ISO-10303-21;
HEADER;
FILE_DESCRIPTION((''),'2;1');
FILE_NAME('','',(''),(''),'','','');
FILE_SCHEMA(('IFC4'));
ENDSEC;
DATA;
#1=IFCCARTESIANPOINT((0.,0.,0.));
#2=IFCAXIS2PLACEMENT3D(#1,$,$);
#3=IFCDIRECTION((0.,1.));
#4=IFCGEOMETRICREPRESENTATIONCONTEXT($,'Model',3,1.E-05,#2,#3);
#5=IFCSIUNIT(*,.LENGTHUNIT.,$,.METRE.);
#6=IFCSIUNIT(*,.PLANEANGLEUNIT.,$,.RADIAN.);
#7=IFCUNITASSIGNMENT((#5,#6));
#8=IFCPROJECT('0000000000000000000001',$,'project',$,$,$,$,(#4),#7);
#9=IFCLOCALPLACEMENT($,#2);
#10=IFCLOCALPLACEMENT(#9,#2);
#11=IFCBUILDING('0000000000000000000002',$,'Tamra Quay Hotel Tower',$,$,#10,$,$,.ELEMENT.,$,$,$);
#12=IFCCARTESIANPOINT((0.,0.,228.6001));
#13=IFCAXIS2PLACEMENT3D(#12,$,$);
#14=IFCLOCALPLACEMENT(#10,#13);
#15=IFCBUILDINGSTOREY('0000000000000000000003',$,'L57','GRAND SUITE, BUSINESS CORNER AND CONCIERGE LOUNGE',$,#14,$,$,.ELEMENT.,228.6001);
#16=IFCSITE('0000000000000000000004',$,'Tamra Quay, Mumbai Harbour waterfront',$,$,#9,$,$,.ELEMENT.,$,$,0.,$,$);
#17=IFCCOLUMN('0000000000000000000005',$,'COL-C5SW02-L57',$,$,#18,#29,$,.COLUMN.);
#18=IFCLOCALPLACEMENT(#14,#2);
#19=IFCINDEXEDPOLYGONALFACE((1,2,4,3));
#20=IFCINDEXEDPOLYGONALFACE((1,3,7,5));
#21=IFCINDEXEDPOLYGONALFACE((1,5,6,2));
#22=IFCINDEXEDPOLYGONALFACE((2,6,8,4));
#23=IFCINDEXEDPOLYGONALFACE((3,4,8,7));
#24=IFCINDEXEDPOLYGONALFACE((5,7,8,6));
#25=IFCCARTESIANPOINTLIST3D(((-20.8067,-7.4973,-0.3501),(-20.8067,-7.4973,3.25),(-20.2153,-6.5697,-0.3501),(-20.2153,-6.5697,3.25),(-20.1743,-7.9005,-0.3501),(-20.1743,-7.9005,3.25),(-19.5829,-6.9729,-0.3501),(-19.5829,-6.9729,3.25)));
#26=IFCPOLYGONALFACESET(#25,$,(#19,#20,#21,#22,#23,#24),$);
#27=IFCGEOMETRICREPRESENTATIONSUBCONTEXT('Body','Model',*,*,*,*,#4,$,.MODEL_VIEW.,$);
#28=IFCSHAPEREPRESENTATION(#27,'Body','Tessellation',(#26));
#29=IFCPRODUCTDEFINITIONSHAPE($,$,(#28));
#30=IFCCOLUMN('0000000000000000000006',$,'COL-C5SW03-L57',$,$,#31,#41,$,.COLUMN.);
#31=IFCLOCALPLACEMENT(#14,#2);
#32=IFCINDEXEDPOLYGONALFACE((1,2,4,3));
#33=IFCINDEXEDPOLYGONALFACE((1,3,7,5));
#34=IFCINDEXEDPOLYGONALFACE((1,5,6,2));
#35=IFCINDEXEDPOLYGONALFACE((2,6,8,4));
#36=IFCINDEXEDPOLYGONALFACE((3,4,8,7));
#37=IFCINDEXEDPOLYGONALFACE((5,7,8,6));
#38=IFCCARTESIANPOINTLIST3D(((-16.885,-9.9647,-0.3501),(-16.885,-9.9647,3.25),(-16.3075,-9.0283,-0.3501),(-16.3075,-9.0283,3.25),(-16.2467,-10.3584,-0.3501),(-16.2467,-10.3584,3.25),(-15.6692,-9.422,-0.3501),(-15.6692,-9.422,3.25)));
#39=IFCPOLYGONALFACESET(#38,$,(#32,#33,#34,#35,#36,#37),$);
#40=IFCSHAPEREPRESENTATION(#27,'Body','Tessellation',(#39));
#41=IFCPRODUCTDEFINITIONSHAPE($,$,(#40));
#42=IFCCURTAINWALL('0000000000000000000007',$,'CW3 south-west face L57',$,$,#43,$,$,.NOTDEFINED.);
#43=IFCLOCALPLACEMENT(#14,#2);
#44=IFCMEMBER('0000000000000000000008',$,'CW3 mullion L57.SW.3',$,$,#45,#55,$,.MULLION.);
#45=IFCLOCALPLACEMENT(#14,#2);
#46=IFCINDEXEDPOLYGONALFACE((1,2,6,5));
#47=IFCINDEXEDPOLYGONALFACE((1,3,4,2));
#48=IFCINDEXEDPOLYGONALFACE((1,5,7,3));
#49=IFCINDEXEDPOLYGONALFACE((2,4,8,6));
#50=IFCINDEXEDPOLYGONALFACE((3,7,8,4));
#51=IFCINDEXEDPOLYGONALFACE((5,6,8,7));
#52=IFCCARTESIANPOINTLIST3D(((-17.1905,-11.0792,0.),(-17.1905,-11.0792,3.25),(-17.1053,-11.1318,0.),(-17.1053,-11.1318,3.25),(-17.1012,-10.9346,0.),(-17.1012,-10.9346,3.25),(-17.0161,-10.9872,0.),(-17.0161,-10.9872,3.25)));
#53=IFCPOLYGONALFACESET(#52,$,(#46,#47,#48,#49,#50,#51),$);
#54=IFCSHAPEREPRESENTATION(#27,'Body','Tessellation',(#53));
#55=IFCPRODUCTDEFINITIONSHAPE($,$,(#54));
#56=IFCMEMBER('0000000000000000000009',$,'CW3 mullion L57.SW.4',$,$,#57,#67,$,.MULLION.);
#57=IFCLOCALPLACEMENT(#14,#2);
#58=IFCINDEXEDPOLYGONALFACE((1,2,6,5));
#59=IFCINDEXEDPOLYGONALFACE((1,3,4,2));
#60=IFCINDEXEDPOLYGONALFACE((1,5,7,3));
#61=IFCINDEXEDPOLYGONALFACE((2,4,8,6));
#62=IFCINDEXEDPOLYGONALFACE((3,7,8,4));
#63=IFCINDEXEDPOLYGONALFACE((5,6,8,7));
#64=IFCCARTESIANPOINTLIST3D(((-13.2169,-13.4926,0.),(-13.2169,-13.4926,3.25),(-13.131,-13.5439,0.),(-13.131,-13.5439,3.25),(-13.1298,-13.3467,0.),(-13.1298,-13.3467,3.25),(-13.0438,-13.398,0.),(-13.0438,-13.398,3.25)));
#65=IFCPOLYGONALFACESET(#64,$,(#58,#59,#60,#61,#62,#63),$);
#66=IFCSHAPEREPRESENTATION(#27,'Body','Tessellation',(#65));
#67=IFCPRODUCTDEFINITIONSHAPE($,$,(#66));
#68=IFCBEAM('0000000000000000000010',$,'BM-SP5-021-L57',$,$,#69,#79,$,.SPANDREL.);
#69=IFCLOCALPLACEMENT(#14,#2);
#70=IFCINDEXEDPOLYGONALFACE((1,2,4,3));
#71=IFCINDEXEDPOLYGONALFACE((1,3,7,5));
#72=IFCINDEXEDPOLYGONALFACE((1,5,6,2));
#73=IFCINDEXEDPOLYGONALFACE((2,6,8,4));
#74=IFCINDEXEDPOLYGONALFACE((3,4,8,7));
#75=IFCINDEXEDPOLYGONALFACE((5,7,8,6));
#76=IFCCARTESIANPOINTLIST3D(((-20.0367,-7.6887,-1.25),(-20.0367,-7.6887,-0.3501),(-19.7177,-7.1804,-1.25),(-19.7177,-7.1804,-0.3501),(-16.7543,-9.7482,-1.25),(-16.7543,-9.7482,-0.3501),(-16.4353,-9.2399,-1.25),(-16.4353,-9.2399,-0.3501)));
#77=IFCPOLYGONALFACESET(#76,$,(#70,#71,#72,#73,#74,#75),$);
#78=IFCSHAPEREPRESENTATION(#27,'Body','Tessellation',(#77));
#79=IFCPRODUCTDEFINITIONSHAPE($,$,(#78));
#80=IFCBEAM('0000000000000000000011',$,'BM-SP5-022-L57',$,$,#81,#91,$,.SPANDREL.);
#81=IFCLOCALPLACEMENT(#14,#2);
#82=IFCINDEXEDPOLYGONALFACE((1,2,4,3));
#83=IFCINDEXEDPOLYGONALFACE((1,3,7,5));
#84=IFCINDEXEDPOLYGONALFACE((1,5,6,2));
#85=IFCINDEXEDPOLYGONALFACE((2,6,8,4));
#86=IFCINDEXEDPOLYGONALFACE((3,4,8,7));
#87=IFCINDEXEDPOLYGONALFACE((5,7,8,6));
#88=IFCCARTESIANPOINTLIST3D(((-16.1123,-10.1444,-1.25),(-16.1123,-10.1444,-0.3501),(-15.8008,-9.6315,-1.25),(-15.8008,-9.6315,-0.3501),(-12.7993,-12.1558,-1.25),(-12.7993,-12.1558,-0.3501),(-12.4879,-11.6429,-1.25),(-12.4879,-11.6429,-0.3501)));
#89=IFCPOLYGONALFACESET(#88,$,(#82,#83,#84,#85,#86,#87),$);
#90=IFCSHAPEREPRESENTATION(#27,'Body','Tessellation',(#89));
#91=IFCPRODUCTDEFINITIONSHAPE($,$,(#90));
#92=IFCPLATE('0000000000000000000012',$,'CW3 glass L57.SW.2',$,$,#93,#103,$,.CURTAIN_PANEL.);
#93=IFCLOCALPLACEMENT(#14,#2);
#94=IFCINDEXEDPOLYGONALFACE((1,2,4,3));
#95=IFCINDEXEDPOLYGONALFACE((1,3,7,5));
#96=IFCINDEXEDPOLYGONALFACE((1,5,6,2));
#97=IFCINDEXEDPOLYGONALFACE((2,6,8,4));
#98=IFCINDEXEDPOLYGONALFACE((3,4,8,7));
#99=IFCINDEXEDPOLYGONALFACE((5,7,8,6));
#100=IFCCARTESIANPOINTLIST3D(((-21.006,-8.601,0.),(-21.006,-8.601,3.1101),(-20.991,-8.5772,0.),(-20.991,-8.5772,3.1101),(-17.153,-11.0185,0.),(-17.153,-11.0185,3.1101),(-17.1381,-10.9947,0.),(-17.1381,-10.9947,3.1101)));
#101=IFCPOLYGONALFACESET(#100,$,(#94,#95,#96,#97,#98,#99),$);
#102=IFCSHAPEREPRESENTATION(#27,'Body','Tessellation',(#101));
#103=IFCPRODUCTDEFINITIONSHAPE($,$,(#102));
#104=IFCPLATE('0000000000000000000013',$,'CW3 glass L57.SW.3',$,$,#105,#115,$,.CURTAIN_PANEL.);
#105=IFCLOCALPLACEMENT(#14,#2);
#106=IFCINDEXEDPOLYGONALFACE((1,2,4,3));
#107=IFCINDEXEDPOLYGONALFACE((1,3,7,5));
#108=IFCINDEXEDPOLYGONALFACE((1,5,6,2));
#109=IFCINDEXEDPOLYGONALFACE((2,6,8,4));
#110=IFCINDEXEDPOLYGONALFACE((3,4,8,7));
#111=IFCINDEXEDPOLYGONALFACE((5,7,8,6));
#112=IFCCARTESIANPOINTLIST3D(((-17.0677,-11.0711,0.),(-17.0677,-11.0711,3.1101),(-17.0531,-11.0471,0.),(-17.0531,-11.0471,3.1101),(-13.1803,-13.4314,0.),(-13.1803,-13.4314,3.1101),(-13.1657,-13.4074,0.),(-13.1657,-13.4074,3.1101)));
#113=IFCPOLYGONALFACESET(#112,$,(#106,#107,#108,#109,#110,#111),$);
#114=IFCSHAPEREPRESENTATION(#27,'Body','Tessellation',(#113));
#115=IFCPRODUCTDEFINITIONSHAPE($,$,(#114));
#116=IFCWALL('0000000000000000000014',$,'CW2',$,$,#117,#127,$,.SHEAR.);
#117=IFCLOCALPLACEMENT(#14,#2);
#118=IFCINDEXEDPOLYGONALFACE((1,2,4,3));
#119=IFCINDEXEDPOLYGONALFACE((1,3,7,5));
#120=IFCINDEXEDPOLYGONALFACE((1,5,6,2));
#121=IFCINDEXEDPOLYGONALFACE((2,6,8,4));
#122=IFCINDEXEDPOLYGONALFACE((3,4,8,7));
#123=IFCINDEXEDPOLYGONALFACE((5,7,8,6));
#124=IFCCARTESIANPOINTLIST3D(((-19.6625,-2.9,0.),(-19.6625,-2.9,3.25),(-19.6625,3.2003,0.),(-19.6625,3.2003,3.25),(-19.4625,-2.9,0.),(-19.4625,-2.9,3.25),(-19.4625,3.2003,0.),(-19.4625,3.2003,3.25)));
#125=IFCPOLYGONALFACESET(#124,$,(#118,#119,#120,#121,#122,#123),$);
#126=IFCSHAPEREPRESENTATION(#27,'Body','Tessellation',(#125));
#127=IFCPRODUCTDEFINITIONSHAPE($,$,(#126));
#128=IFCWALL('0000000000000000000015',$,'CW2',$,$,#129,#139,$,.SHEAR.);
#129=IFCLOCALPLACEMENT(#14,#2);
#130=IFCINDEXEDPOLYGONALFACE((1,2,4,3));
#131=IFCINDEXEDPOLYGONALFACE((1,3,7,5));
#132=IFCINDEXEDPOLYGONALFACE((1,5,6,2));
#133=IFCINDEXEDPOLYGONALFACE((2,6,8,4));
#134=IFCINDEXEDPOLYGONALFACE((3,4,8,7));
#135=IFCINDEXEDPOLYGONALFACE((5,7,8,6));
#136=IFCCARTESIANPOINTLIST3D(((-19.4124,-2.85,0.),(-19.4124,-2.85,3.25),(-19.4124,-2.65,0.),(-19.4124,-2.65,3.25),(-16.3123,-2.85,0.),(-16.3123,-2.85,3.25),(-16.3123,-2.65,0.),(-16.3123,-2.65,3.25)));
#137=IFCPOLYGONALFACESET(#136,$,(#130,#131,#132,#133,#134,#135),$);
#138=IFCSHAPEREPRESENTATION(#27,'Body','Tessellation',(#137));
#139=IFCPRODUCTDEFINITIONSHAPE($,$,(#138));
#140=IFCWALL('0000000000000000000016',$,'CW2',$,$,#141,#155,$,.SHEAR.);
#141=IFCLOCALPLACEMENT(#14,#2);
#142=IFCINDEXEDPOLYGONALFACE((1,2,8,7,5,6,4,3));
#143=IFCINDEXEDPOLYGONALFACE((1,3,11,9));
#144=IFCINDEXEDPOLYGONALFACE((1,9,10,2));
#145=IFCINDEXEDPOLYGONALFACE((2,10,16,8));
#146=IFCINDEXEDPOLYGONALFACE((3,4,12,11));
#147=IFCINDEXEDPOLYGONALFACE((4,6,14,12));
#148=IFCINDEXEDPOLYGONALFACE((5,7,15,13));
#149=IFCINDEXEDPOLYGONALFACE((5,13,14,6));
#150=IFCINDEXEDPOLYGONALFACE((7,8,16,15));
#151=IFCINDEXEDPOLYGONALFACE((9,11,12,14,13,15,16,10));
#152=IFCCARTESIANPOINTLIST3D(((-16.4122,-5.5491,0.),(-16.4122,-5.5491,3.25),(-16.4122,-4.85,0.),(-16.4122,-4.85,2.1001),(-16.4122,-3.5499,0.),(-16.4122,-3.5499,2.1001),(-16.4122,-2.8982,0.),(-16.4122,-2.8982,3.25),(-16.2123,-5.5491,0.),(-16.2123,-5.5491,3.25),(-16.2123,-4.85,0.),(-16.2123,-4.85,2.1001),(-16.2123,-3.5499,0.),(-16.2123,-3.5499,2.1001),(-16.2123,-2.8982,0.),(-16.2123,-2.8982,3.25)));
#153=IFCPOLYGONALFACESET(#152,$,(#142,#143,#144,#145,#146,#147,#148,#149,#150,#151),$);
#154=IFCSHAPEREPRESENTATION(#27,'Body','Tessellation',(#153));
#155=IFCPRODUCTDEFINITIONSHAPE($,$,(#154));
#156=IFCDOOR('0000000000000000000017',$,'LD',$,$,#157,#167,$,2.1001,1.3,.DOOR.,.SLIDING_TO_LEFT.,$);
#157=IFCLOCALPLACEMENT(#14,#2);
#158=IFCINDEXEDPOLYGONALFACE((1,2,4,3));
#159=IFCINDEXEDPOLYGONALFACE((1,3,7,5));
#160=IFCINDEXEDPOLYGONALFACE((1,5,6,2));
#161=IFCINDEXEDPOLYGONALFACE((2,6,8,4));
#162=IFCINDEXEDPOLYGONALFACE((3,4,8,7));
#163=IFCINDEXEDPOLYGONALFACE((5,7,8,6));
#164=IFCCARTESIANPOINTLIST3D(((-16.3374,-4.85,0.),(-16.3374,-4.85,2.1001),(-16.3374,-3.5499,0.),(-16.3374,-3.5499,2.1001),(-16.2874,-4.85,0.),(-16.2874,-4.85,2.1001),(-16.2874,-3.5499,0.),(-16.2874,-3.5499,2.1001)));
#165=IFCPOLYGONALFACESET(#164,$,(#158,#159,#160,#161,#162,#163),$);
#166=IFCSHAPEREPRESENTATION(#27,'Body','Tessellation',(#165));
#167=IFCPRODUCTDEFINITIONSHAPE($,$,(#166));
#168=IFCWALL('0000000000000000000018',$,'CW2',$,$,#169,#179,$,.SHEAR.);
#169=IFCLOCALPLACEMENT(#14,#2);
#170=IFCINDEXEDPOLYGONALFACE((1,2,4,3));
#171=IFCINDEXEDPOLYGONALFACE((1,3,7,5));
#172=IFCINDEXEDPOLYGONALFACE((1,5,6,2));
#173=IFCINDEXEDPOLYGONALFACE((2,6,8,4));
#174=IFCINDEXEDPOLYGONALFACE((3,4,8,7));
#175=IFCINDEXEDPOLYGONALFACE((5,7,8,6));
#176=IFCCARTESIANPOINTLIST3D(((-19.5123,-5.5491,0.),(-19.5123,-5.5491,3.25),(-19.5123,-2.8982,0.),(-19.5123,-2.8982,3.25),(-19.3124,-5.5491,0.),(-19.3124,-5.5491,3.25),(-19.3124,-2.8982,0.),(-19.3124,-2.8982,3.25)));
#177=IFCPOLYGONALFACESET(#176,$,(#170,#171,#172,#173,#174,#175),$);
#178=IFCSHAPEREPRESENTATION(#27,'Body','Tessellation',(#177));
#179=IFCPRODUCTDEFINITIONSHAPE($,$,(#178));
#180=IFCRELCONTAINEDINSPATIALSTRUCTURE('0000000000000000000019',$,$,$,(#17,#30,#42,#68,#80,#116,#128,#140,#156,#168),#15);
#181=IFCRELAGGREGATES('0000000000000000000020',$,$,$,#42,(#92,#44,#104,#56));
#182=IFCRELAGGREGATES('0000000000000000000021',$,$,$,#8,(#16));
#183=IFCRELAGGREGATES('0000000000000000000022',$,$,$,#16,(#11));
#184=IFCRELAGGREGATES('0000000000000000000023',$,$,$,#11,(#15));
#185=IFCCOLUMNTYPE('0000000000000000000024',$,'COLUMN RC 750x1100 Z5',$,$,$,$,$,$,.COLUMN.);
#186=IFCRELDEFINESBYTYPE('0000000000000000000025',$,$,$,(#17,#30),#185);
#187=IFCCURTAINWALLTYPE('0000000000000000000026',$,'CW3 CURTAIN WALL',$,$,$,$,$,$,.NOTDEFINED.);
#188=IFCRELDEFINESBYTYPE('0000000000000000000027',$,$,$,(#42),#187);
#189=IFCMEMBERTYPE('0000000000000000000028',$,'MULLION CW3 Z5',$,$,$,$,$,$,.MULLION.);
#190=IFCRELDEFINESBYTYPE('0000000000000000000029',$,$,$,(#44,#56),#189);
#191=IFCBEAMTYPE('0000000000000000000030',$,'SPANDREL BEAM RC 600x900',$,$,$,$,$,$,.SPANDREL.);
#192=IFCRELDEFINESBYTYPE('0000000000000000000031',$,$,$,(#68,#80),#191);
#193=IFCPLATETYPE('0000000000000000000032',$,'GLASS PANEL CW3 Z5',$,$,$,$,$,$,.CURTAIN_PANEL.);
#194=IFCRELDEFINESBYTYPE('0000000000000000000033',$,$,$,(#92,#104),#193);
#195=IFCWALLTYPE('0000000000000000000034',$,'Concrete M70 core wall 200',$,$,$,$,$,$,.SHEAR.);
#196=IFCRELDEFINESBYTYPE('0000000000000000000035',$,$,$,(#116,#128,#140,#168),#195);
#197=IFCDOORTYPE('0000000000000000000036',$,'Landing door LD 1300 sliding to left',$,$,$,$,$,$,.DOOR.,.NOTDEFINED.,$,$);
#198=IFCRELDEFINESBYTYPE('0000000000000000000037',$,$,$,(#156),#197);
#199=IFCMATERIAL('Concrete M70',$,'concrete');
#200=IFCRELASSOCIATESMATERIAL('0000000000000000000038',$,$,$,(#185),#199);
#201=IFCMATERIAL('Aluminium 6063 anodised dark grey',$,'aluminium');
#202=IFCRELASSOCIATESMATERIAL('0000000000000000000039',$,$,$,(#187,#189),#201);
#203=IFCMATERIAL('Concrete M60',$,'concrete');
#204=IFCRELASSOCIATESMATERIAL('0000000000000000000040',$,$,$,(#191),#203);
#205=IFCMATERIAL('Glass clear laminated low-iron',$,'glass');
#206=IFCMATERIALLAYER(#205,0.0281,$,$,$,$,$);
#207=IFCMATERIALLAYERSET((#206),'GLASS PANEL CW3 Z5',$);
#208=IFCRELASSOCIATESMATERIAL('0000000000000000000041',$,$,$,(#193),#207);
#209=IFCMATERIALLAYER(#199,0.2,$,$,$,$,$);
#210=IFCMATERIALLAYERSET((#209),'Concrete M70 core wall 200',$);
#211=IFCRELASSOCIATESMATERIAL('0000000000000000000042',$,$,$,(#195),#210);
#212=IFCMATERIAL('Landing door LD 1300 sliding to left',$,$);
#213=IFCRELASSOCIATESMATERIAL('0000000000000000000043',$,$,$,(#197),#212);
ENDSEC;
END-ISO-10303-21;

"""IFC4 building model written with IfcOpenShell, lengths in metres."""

from ifc_helpers import new_model, si_unit, direction, frame, frame_2d, origin, origin_2d, place, context, subcontext, project, spatial, rectangle, extrude, material, layer, layer_set, material_profile, profile_set, type_object, element, fill, aggregate, save


model = new_model("IFC4")

# Units and contexts
model_context = context("Model", 3, precision=1e-05, world=origin(), true_north=direction((0.0, 1.0)))
body_context = subcontext(model_context, "Body", "Model", "MODEL_VIEW")
ifc_project = project(units=[si_unit("LENGTHUNIT", "METRE"), si_unit("PLANEANGLEUNIT", "RADIAN")], contexts=[model_context])

# Site, building, storey
site_placement = place(None, origin())
site = spatial("IfcSite", under=ifc_project, at=site_placement, Name="Tamra Quay, Mumbai Harbour waterfront", CompositionType="ELEMENT", RefElevation=0.0)
building_placement = place(site_placement, origin())
building = spatial("IfcBuilding", under=site, at=building_placement, Name="Tamra Quay Hotel Tower", CompositionType="ELEMENT")
storey_placement = place(building_placement, frame((0.0, 0.0, 228.6001)))
storey = spatial("IfcBuildingStorey", under=building, at=storey_placement, Name="L57", Description="GRAND SUITE, BUSINESS CORNER AND CONCIERGE LOUNGE", CompositionType="ELEMENT", Elevation=228.6001)

# Columns
ifc_material_1 = material(Name="Concrete M70", Category="concrete")
ifc_material_profile_1 = material_profile(ifc_material_1, rectangle(XDim=1.1001, YDim=0.75, at=origin_2d()), Name="COLUMN RC 750x1100 Z5")
ifc_profile_set_1 = profile_set([ifc_material_profile_1], Name="Concrete M70")
column_type = type_object("IfcColumnType", Name="COLUMN RC 750x1100 Z5", PredefinedType="COLUMN", material=ifc_profile_set_1)
for number, where, z_axis, x_axis, name in (
    (1, (-20.1948, -7.2351, -0.3501), (0.0, 0.0, 1.0), (0.537585, 0.843209, 0.0), "COL-C5SW02-L57"),
    (2, (-16.2771, -9.6934, -0.3501), (0.0, 0.0, 1.0), (0.524928, 0.851147, 0.0), "COL-C5SW03-L57"),
):
    element("IfcColumn", number, at=place(storey_placement, frame(where, z_axis=z_axis, x_axis=x_axis)), inside=storey, type_object=column_type, Name=name, PredefinedType="COLUMN", context=body_context, shape_type="SweptSolid", body=[
        extrude(rectangle(XDim=1.1001, YDim=0.75, at=origin_2d()), origin(), (0.0, 0.0, 1.0), 3.6001),
    ])

# Curtain wall, members
ifc_material_2 = material(Name="Aluminium 6063 anodised dark grey", Category="aluminium")
curtain_wall_type = type_object("IfcCurtainWallType", Name="CW3 CURTAIN WALL", PredefinedType="NOTDEFINED", material=ifc_material_2)
curtain_wall_placement = place(storey_placement, origin())
curtain_wall = element("IfcCurtainWall", 3, at=curtain_wall_placement, inside=storey, type_object=curtain_wall_type, Name="CW3 south-west face L57", PredefinedType="NOTDEFINED")
ifc_material_profile_2 = material_profile(ifc_material_2, rectangle(XDim=0.1699, YDim=0.1001, at=origin_2d()), Name="MULLION 100X170")
ifc_profile_set_2 = profile_set([ifc_material_profile_2], Name="Aluminium 6063 anodised dark grey")
member_type = type_object("IfcMemberType", Name="MULLION CW3 Z5", PredefinedType="MULLION", material=ifc_profile_set_2)
member_1_placement = place(storey_placement, frame((-17.1033, -11.0332, 0.0), z_axis=(0.0, 0.0, 1.0), x_axis=(-0.525249, -0.850949, 0.0)))
member_1 = element("IfcMember", 4, at=member_1_placement, type_object=member_type, Name="CW3 mullion L57.SW.3", PredefinedType="MULLION", context=body_context, shape_type="SweptSolid", body=[
    extrude(rectangle(XDim=0.1699, YDim=0.1001, at=origin_2d()), origin(), (0.0, 0.0, 1.0), 3.25),
])
member_2_placement = place(storey_placement, frame((-13.1304, -13.4453, 0.0), z_axis=(0.0, 0.0, 1.0), x_axis=(-0.512687, -0.858575, 0.0)))
member_2 = element("IfcMember", 5, at=member_2_placement, type_object=member_type, Name="CW3 mullion L57.SW.4", PredefinedType="MULLION", context=body_context, shape_type="SweptSolid", body=[
    extrude(rectangle(XDim=0.1699, YDim=0.1001, at=origin_2d()), origin(), (0.0, 0.0, 1.0), 3.25),
])

# Beams
ifc_material_3 = material(Name="Concrete M60", Category="concrete")
ifc_material_profile_3 = material_profile(ifc_material_3, rectangle(XDim=0.6001, YDim=0.8999, at=origin_2d()), Name="SPANDREL BEAM RC 600x900")
ifc_profile_set_3 = profile_set([ifc_material_profile_3], Name="Concrete M60")
beam_type = type_object("IfcBeamType", Name="SPANDREL BEAM RC 600x900", PredefinedType="SPANDREL", material=ifc_profile_set_3)
beam_1_placement = place(storey_placement, frame((-19.8772, -7.4346, -0.8), z_axis=(0.847066, -0.531488, 0.0), x_axis=(0.531488, 0.847066, 0.0)))
element("IfcBeam", 6, at=beam_1_placement, inside=storey, type_object=beam_type, Name="BM-SP5-021-L57", PredefinedType="SPANDREL", context=body_context, shape_type="SweptSolid", body=[
    extrude(rectangle(XDim=0.6001, YDim=0.8999, at=origin_2d()), origin(), (0.0, 0.0, 1.0), 3.875),
])
beam_2_placement = place(storey_placement, frame((-15.9565, -9.8879, -0.8), z_axis=(0.854786, -0.518981, 0.0), x_axis=(0.518981, 0.854786, 0.0)))
element("IfcBeam", 7, at=beam_2_placement, inside=storey, type_object=beam_type, Name="BM-SP5-022-L57", PredefinedType="SPANDREL", context=body_context, shape_type="SweptSolid", body=[
    extrude(rectangle(XDim=0.6001, YDim=0.8999, at=origin_2d()), origin(), (0.0, 0.0, 1.0), 3.8757),
])

# Plates
ifc_material_4 = material(Name="Glass clear laminated low-iron", Category="glass")
ifc_layer_1 = layer(ifc_material_4, 0.0281)
ifc_layer_set_1 = layer_set([ifc_layer_1], Name="GLASS PANEL CW3 Z5")
plate_type = type_object("IfcPlateType", Name="GLASS PANEL CW3 Z5", PredefinedType="CURTAIN_PANEL", material=ifc_layer_set_1)
plate_1_placement = place(storey_placement, frame((-19.072, -9.7979, 0.0), z_axis=(0.0, 0.0, 1.0), x_axis=(0.847068, -0.531484, 0.0)))
plate_1 = element("IfcPlate", 8, at=plate_1_placement, type_object=plate_type, Name="CW3 glass L57.SW.2", PredefinedType="CURTAIN_PANEL", context=body_context, shape_type="SweptSolid", body=[
    extrude(rectangle(XDim=4.5486, YDim=0.0281, at=origin_2d()), origin(), (0.0, 0.0, 1.0), 3.1101),
])
plate_2_placement = place(storey_placement, frame((-15.1167, -12.2393, 0.0), z_axis=(0.0, 0.0, 1.0), x_axis=(0.854783, -0.518985, 0.0)))
plate_2 = element("IfcPlate", 9, at=plate_2_placement, type_object=plate_type, Name="CW3 glass L57.SW.3", PredefinedType="CURTAIN_PANEL", context=body_context, shape_type="SweptSolid", body=[
    extrude(rectangle(XDim=4.5479, YDim=0.0281, at=origin_2d()), origin(), (0.0, 0.0, 1.0), 3.1101),
])
aggregate(curtain_wall, [plate_1, member_1, plate_2, member_2])

# Walls
ifc_layer_2 = layer(ifc_material_1, 0.2)
ifc_layer_set_2 = layer_set([ifc_layer_2], Name="Concrete M70 core wall 200")
wall_type_1 = type_object("IfcWallType", Name="Concrete M70 core wall 200", PredefinedType="SHEAR", material=ifc_layer_set_2)
wall_1_placement = place(storey_placement, frame((-19.5625, -2.9001, 0.0), z_axis=(0.0, 0.0, 1.0), x_axis=(0.0, 1.0, 0.0)))
element("IfcWall", 10, at=wall_1_placement, inside=storey, type_object=wall_type_1, Name="CW2", PredefinedType="SHEAR", context=body_context, shape_type="SweptSolid", body=[
    extrude(rectangle(XDim=6.1003, YDim=0.2, at=frame_2d((3.0503, 0.0))), origin(), (0.0, 0.0, 1.0), 3.25),
])
wall_2_placement = place(storey_placement, frame((-19.4124, -2.75, 0.0), z_axis=(0.0, 0.0, 1.0), x_axis=(1.0, 0.0, 0.0)))
element("IfcWall", 11, at=wall_2_placement, inside=storey, type_object=wall_type_1, Name="CW2", PredefinedType="SHEAR", context=body_context, shape_type="SweptSolid", body=[
    extrude(rectangle(XDim=3.1001, YDim=0.2, at=frame_2d((1.55, 0.0))), origin(), (0.0, 0.0, 1.0), 3.25),
])

# Wall, opening, door
wall_3_placement = place(storey_placement, frame((-16.3123, -2.8982, 0.0), z_axis=(0.0, 0.0, 1.0), x_axis=(0.0, -1.0, 0.0)))
wall_3 = element("IfcWall", 12, at=wall_3_placement, inside=storey, type_object=wall_type_1, Name="CW2", PredefinedType="SHEAR", context=body_context, shape_type="SweptSolid", body=[
    extrude(rectangle(XDim=2.6509, YDim=0.2, at=frame_2d((1.3254, 0.0))), origin(), (0.0, 0.0, 1.0), 3.25),
])
opening_1_placement = place(wall_3_placement, frame((0.6519, 0.0, 0.0)))
opening_1 = element("IfcOpeningElement", 13, at=opening_1_placement, cuts=wall_3, PredefinedType="OPENING", context=body_context, shape_type="SweptSolid", body=[
    extrude(rectangle(XDim=1.3, YDim=2.1001, at=frame_2d((0.6499, 1.05))), frame((0.0, 0.1099, 0.0), z_axis=(0.0, -1.0, 0.0), x_axis=(1.0, 0.0, 0.0)), (0.0, 0.0, 1.0), 0.22),
])
ifc_material_5 = material(Name="Landing door LD 1300 sliding to left")
door_type_1 = type_object("IfcDoorType", Name="Landing door LD 1300 sliding to left", OperationType="NOTDEFINED", PredefinedType="DOOR", material=ifc_material_5)
door_1_placement = place(opening_1_placement, origin())
door_1 = element("IfcDoor", 14, at=door_1_placement, inside=storey, type_object=door_type_1, Name="LD", OperationType="SLIDING_TO_LEFT", OverallHeight=2.1001, OverallWidth=1.3, PredefinedType="DOOR", context=body_context, shape_type="SweptSolid", body=[
    extrude(rectangle(XDim=1.3, YDim=2.1001, at=frame_2d((0.6499, 1.05))), frame((0.0, 0.0249, 0.0), z_axis=(0.0, -1.0, 0.0), x_axis=(1.0, 0.0, 0.0)), (0.0, 0.0, 1.0), 0.05),
])
fill(opening_1, door_1)

# Wall
wall_4_placement = place(storey_placement, frame((-19.4124, -5.5491, 0.0), z_axis=(0.0, 0.0, 1.0), x_axis=(0.0, 1.0, 0.0)))
element("IfcWall", 15, at=wall_4_placement, inside=storey, type_object=wall_type_1, Name="CW2", PredefinedType="SHEAR", context=body_context, shape_type="SweptSolid", body=[
    extrude(rectangle(XDim=2.6509, YDim=0.2, at=frame_2d((1.3254, 0.0))), origin(), (0.0, 0.0, 1.0), 3.25),
])

save(model, "model.ifc")
